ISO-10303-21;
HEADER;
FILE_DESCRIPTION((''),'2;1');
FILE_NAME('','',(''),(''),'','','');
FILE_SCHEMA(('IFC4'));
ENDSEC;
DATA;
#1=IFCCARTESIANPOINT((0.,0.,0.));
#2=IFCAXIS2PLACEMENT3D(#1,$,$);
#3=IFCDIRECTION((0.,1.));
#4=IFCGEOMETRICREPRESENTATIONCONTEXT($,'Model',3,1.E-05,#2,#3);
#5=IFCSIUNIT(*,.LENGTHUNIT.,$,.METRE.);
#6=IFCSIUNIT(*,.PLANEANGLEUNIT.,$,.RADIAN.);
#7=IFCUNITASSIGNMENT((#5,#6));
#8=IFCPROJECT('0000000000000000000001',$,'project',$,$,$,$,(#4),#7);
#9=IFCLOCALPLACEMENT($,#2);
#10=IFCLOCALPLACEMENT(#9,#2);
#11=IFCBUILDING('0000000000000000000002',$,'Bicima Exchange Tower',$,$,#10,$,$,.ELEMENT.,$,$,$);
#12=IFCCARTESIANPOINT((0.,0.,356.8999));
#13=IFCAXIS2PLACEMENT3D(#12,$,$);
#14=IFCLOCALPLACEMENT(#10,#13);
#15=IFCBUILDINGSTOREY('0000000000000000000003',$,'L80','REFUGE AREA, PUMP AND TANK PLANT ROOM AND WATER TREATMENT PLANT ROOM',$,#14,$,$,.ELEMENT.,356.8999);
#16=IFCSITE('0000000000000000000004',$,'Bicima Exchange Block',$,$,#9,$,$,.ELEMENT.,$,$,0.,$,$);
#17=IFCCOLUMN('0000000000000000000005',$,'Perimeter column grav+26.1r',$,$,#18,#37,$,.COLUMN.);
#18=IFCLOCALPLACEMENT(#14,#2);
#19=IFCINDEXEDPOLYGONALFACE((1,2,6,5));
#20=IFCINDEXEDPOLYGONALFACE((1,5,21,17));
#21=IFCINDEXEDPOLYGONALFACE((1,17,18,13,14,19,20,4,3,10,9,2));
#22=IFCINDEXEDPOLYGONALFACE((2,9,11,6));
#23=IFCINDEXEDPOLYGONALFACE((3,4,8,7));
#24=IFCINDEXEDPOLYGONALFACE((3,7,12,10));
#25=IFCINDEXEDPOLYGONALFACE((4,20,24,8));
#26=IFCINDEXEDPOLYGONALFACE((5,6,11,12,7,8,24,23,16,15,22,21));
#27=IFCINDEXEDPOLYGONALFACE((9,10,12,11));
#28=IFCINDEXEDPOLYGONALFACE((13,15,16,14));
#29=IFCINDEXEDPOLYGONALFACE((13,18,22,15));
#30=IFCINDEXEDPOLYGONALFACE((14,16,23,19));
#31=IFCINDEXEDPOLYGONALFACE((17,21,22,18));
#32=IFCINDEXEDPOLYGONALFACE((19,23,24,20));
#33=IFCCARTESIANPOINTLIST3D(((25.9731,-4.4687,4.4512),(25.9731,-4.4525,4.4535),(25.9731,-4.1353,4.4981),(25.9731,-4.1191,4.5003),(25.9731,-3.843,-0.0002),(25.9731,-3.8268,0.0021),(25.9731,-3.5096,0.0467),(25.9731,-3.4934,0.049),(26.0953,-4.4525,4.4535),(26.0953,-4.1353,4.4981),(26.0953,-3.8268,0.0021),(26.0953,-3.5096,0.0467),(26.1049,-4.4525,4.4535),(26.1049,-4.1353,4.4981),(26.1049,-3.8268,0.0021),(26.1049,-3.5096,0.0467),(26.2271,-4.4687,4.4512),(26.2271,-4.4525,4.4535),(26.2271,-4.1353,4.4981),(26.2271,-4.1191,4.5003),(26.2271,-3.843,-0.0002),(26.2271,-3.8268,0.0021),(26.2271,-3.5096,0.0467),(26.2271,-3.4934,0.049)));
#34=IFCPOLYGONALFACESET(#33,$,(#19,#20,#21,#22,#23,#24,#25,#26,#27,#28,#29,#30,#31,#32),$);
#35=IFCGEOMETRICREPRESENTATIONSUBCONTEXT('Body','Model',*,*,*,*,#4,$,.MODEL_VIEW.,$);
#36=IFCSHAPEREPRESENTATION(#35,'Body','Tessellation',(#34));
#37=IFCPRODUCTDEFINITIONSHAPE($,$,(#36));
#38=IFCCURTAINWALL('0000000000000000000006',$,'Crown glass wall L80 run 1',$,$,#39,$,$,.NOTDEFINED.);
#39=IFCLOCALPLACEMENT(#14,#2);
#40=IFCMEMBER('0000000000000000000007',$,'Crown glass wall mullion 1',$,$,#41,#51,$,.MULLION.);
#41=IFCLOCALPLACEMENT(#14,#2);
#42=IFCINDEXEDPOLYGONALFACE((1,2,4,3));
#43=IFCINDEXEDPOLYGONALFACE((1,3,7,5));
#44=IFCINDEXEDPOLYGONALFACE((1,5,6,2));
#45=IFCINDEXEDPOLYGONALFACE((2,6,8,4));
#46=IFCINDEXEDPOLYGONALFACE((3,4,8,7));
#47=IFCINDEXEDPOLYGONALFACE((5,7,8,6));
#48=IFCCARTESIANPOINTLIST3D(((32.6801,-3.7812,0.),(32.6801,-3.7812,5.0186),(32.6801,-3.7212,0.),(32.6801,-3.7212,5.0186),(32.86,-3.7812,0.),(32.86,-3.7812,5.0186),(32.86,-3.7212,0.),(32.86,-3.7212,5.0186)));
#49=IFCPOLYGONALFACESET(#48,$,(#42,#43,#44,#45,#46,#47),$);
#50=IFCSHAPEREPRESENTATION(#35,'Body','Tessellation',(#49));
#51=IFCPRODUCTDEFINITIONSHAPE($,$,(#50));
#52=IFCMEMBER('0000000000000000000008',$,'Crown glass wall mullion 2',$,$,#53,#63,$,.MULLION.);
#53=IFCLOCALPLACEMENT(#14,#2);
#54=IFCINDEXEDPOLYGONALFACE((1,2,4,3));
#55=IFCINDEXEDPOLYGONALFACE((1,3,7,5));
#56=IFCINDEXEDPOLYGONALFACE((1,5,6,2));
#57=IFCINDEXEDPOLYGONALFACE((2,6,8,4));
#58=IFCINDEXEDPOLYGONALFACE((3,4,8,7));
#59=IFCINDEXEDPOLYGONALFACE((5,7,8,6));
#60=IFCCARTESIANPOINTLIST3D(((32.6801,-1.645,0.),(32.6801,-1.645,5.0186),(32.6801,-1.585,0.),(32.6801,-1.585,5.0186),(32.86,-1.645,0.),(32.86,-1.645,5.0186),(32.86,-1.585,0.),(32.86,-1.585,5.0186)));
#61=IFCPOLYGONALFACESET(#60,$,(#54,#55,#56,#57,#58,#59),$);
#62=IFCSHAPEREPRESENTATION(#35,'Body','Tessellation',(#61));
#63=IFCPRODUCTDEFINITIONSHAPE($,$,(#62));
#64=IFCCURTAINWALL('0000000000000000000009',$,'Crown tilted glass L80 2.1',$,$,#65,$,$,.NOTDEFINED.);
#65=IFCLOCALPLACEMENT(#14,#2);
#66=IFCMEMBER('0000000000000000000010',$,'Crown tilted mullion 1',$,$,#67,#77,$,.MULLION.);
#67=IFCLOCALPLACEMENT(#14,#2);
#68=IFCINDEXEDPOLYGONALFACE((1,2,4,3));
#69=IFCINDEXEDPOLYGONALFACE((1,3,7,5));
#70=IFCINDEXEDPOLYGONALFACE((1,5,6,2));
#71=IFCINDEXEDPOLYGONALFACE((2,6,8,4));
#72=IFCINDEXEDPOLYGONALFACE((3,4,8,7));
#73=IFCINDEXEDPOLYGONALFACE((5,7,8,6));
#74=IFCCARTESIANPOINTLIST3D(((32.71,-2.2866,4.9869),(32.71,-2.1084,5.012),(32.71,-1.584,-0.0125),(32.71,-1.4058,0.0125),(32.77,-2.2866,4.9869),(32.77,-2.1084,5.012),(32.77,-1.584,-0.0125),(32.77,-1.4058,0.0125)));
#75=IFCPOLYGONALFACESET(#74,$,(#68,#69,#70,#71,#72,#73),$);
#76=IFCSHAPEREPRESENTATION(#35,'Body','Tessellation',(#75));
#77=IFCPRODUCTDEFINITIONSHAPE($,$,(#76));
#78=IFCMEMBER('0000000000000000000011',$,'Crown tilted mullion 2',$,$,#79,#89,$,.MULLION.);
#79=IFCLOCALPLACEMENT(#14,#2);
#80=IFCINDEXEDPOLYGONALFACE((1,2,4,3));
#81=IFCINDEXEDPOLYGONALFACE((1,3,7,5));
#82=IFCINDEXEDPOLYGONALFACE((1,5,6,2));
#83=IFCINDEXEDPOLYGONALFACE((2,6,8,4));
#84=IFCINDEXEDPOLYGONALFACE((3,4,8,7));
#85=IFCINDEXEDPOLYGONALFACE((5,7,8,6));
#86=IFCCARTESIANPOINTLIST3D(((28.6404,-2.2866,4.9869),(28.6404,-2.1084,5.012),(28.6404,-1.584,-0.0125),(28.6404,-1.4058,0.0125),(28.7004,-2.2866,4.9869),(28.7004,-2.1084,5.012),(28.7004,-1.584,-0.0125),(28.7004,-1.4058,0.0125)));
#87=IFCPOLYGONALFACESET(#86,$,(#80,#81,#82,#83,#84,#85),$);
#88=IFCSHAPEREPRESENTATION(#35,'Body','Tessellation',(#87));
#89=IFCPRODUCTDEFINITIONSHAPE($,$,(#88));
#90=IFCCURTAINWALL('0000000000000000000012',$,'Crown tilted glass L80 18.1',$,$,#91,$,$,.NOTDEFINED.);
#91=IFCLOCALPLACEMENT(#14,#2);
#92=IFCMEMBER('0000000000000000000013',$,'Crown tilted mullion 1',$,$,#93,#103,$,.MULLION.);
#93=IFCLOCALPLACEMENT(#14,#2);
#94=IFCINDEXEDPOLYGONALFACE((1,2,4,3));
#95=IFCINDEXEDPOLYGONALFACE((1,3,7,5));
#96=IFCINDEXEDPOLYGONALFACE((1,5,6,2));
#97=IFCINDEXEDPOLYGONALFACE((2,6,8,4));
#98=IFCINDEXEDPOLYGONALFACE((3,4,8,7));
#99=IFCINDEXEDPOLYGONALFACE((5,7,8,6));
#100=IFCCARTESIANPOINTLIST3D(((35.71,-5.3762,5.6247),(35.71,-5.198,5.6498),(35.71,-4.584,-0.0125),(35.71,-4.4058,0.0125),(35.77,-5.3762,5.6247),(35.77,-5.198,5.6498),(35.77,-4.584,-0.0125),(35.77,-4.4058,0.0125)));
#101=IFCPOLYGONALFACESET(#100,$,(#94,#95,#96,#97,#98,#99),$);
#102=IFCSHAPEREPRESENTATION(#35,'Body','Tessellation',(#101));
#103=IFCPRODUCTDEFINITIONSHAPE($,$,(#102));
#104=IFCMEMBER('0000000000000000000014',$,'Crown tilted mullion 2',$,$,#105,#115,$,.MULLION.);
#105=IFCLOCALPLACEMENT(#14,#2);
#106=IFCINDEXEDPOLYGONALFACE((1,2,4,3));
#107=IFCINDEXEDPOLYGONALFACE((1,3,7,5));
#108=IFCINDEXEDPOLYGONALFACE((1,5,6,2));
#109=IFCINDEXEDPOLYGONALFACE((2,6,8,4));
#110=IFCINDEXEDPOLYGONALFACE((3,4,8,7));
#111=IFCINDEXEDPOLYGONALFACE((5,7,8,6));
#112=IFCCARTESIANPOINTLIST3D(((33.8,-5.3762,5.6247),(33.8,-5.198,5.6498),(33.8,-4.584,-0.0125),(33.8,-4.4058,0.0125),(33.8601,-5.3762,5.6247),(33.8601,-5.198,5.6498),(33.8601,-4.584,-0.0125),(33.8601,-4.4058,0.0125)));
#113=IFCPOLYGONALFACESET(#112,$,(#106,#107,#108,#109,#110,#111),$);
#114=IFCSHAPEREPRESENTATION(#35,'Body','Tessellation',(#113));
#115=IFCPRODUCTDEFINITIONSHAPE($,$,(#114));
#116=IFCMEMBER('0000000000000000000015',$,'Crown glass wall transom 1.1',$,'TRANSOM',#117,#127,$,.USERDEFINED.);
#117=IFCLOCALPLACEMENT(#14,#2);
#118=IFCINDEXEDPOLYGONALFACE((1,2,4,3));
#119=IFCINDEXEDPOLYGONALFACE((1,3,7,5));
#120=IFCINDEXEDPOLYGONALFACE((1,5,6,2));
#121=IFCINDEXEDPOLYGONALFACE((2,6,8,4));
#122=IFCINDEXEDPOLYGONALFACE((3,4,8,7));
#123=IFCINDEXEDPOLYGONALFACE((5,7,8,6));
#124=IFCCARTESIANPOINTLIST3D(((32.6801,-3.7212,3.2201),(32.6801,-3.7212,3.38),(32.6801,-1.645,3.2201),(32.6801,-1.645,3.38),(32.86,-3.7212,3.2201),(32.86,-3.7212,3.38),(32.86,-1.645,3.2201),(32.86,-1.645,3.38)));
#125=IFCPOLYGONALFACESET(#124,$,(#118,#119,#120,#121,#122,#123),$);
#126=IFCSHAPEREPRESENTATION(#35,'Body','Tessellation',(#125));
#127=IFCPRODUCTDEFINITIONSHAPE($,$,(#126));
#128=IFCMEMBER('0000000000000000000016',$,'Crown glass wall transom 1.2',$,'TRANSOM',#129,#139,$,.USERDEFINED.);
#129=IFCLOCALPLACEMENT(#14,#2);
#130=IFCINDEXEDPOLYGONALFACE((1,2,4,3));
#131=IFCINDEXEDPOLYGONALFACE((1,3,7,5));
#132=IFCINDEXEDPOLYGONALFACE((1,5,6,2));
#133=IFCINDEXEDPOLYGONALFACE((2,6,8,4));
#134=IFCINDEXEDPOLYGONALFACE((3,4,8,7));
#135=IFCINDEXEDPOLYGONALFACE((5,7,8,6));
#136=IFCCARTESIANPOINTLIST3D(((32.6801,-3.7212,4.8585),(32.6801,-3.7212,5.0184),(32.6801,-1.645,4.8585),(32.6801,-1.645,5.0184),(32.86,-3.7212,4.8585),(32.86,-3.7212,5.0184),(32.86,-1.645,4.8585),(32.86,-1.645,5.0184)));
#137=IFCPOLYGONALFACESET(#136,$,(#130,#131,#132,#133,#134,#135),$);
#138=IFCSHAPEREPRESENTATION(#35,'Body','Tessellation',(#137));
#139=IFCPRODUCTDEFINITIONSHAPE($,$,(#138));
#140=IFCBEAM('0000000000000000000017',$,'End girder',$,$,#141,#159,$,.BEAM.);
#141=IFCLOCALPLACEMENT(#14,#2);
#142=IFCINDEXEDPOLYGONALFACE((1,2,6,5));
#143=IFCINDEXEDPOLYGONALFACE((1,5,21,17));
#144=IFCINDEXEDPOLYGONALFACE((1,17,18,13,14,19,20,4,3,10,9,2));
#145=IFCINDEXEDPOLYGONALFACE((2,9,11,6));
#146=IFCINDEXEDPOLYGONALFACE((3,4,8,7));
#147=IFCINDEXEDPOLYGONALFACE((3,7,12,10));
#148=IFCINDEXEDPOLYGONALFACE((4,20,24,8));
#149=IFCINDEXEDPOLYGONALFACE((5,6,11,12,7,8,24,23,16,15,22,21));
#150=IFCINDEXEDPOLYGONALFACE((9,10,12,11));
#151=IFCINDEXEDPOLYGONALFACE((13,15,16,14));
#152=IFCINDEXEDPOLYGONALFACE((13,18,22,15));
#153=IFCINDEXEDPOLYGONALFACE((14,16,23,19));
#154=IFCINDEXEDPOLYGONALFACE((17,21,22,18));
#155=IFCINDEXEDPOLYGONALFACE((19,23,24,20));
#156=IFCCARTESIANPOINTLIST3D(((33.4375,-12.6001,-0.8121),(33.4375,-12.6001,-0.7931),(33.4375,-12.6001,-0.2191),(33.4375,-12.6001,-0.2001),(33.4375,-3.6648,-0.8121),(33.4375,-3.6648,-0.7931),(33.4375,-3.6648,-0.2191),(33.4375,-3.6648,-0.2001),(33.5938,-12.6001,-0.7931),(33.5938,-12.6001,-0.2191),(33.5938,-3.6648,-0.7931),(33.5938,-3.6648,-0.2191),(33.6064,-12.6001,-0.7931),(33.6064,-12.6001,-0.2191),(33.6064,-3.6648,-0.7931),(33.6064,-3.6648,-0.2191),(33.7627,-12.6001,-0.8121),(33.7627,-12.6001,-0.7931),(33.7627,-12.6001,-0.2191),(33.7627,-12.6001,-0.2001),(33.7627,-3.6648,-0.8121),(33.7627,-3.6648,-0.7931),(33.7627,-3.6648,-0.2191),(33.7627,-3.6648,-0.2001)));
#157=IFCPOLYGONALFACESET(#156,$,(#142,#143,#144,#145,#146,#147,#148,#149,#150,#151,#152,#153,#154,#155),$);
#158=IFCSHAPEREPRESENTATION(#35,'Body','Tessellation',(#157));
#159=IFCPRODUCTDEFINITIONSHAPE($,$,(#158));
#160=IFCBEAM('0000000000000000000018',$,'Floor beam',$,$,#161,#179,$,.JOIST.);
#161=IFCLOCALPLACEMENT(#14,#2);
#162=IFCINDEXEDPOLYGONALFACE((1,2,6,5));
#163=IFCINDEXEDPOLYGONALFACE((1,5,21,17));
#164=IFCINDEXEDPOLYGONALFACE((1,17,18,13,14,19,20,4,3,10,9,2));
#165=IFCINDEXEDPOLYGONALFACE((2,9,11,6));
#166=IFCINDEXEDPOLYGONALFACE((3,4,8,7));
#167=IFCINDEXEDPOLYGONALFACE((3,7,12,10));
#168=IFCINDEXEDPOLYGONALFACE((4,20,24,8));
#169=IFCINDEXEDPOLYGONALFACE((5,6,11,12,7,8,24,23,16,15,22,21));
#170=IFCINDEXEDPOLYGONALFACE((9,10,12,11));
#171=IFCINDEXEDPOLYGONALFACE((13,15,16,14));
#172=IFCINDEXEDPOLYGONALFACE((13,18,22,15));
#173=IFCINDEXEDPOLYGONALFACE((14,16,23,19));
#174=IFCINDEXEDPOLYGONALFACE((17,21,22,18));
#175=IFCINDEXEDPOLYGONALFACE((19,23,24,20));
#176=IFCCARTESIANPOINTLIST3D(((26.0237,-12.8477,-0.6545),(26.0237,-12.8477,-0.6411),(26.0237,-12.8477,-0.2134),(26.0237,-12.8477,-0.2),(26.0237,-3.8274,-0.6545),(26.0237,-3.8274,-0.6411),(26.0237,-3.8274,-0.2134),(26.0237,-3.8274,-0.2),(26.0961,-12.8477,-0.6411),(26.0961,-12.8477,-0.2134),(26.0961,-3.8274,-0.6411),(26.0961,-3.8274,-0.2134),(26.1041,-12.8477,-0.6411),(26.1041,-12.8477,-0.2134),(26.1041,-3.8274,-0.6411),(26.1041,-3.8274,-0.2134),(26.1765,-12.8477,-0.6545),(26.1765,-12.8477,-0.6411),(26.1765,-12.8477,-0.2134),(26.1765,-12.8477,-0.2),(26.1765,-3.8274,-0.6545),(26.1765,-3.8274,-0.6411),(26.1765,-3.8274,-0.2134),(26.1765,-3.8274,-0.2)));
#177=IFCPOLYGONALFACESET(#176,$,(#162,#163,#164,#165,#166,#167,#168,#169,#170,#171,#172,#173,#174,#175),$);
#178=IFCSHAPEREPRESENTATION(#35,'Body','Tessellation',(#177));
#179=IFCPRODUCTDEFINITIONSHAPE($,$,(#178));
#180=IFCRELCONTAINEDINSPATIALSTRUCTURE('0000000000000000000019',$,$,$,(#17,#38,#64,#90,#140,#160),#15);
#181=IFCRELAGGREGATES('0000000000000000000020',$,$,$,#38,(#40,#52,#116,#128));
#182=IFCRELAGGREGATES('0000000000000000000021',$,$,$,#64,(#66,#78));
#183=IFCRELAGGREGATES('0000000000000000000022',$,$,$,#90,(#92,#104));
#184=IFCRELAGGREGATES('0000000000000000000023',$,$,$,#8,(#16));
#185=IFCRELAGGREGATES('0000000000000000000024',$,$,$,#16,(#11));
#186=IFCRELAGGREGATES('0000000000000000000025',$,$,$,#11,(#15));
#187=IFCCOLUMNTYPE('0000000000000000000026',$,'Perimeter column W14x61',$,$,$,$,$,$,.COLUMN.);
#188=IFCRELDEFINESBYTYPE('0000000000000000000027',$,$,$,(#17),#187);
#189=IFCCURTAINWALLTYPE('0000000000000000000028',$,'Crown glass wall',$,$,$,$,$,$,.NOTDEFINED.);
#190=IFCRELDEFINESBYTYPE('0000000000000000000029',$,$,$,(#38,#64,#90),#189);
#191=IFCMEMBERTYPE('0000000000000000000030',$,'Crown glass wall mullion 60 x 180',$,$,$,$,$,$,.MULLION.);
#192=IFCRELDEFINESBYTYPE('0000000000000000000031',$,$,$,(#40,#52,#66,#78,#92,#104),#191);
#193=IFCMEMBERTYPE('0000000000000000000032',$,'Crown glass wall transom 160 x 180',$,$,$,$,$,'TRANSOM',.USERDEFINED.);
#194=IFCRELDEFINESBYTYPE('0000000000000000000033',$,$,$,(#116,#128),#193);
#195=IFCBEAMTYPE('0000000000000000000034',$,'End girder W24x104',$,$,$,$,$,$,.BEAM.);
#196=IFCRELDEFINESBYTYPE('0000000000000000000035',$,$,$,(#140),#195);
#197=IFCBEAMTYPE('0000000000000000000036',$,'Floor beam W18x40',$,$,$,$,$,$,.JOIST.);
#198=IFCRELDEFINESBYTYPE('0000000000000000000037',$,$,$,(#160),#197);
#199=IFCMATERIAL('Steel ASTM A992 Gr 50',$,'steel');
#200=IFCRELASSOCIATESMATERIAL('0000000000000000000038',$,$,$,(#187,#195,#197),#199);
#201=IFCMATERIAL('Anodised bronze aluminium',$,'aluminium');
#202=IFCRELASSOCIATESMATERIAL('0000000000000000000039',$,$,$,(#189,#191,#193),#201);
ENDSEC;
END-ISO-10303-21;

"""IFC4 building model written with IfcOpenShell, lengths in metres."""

from ifc_helpers import new_model, si_unit, direction, frame, origin, origin_2d, place, context, subcontext, project, spatial, rectangle, i_section, extrude, material, material_profile, profile_set, type_object, element, aggregate, save


model = new_model("IFC4")

# Units and contexts
model_context = context("Model", 3, precision=1e-05, world=origin(), true_north=direction((0.0, 1.0)))
body_context = subcontext(model_context, "Body", "Model", "MODEL_VIEW")
ifc_project = project(units=[si_unit("LENGTHUNIT", "METRE"), si_unit("PLANEANGLEUNIT", "RADIAN")], contexts=[model_context])

# Site, building, storey
site_placement = place(None, origin())
site = spatial("IfcSite", under=ifc_project, at=site_placement, Name="Bicima Exchange Block", CompositionType="ELEMENT", RefElevation=0.0)
building_placement = place(site_placement, origin())
building = spatial("IfcBuilding", under=site, at=building_placement, Name="Bicima Exchange Tower", CompositionType="ELEMENT")
storey_placement = place(building_placement, frame((0.0, 0.0, 356.8999)))
storey = spatial("IfcBuildingStorey", under=building, at=storey_placement, Name="L80", Description="REFUGE AREA, PUMP AND TANK PLANT ROOM AND WATER TREATMENT PLANT ROOM", CompositionType="ELEMENT", Elevation=356.8999)

# Column
ifc_material_1 = material(Name="Steel ASTM A992 Gr 50", Category="steel")
ifc_material_profile_1 = material_profile(ifc_material_1, i_section(OverallWidth=0.2539, OverallDepth=0.353, WebThickness=0.0095, FlangeThickness=0.0164, at=origin_2d()))
ifc_profile_set_1 = profile_set([ifc_material_profile_1], Name="Steel ASTM A992 Gr 50")
column_type = type_object("IfcColumnType", Name="Perimeter column W14x61", PredefinedType="COLUMN", material=ifc_profile_set_1)
column_placement = place(storey_placement, frame((26.1001, -3.6682, 0.0244), z_axis=(0.0, -0.139201, 0.990264), x_axis=(1.0, 0.0, 0.0)))
element("IfcColumn", 1, at=column_placement, inside=storey, type_object=column_type, Name="Perimeter column grav+26.1r", PredefinedType="COLUMN", context=body_context, shape_type="SweptSolid", body=[
    extrude(i_section(OverallWidth=0.2539, OverallDepth=0.353, WebThickness=0.0095, FlangeThickness=0.0164, at=origin_2d()), origin(), (0.0, 0.0, 1.0), 4.4951),
])

# Curtain walls, members
ifc_material_2 = material(Name="Anodised bronze aluminium", Category="aluminium")
curtain_wall_type = type_object("IfcCurtainWallType", Name="Crown glass wall", PredefinedType="NOTDEFINED", material=ifc_material_2)
curtain_wall_1_placement = place(storey_placement, origin())
curtain_wall_1 = element("IfcCurtainWall", 2, at=curtain_wall_1_placement, inside=storey, type_object=curtain_wall_type, Name="Crown glass wall L80 run 1", PredefinedType="NOTDEFINED")
ifc_material_profile_2 = material_profile(ifc_material_2, rectangle(XDim=0.1799, YDim=0.0601, at=origin_2d()))
ifc_profile_set_2 = profile_set([ifc_material_profile_2], Name="Anodised bronze aluminium")
member_type_1 = type_object("IfcMemberType", Name="Crown glass wall mullion 60 x 180", PredefinedType="MULLION", material=ifc_profile_set_2)
member_1_placement = place(storey_placement, frame((32.77, -3.7512, 0.0), z_axis=(0.0, 0.0, 1.0), x_axis=(-1.0, 0.0, 0.0)))
member_1 = element("IfcMember", 3, at=member_1_placement, type_object=member_type_1, Name="Crown glass wall mullion 1", PredefinedType="MULLION", context=body_context, shape_type="SweptSolid", body=[
    extrude(rectangle(XDim=0.1799, YDim=0.0601, at=origin_2d()), origin(), (0.0, 0.0, 1.0), 5.0186),
])
member_2_placement = place(storey_placement, frame((32.77, -1.615, 0.0), z_axis=(0.0, 0.0, 1.0), x_axis=(-1.0, 0.0, 0.0)))
member_2 = element("IfcMember", 4, at=member_2_placement, type_object=member_type_1, Name="Crown glass wall mullion 2", PredefinedType="MULLION", context=body_context, shape_type="SweptSolid", body=[
    extrude(rectangle(XDim=0.1799, YDim=0.0601, at=origin_2d()), origin(), (0.0, 0.0, 1.0), 5.0186),
])
curtain_wall_2_placement = place(storey_placement, origin())
curtain_wall_2 = element("IfcCurtainWall", 5, at=curtain_wall_2_placement, inside=storey, type_object=curtain_wall_type, Name="Crown tilted glass L80 2.1", PredefinedType="NOTDEFINED")
member_3_placement = place(storey_placement, frame((32.74, -1.4949, 0.0), z_axis=(0.0, -0.139173, 0.990268), x_axis=(0.0, -0.990268, -0.139173)))
member_3 = element("IfcMember", 6, at=member_3_placement, type_object=member_type_1, Name="Crown tilted mullion 1", PredefinedType="MULLION", context=body_context, shape_type="SweptSolid", body=[
    extrude(rectangle(XDim=0.1799, YDim=0.0601, at=origin_2d()), origin(), (0.0, 0.0, 1.0), 5.0486),
])
member_4_placement = place(storey_placement, frame((28.6704, -1.4949, 0.0), z_axis=(0.0, -0.139173, 0.990268), x_axis=(0.0, -0.990268, -0.139173)))
member_4 = element("IfcMember", 7, at=member_4_placement, type_object=member_type_1, Name="Crown tilted mullion 2", PredefinedType="MULLION", context=body_context, shape_type="SweptSolid", body=[
    extrude(rectangle(XDim=0.1799, YDim=0.0601, at=origin_2d()), origin(), (0.0, 0.0, 1.0), 5.0486),
])
curtain_wall_3_placement = place(storey_placement, origin())
curtain_wall_3 = element("IfcCurtainWall", 8, at=curtain_wall_3_placement, inside=storey, type_object=curtain_wall_type, Name="Crown tilted glass L80 18.1", PredefinedType="NOTDEFINED")
member_5_placement = place(storey_placement, frame((35.74, -4.4949, 0.0), z_axis=(0.0, -0.139169, 0.990269), x_axis=(0.0, -0.990269, -0.139169)))
member_5 = element("IfcMember", 9, at=member_5_placement, type_object=member_type_1, Name="Crown tilted mullion 1", PredefinedType="MULLION", context=body_context, shape_type="SweptSolid", body=[
    extrude(rectangle(XDim=0.1799, YDim=0.0601, at=origin_2d()), origin(), (0.0, 0.0, 1.0), 5.6926),
])
member_6_placement = place(storey_placement, frame((33.8301, -4.4949, 0.0), z_axis=(0.0, -0.139169, 0.990269), x_axis=(0.0, -0.990269, -0.139169)))
member_6 = element("IfcMember", 10, at=member_6_placement, type_object=member_type_1, Name="Crown tilted mullion 2", PredefinedType="MULLION", context=body_context, shape_type="SweptSolid", body=[
    extrude(rectangle(XDim=0.1799, YDim=0.0601, at=origin_2d()), origin(), (0.0, 0.0, 1.0), 5.6926),
])

# Members
ifc_material_profile_3 = material_profile(ifc_material_2, rectangle(XDim=0.1799, YDim=0.1599, at=origin_2d()))
ifc_profile_set_3 = profile_set([ifc_material_profile_3], Name="Anodised bronze aluminium")
member_type_2 = type_object("IfcMemberType", Name="Crown glass wall transom 160 x 180", ElementType="TRANSOM", PredefinedType="USERDEFINED", material=ifc_profile_set_3)
member_7_placement = place(storey_placement, frame((32.77, -3.7212, 3.3), z_axis=(0.0, 1.0, 0.0), x_axis=(-1.0, 0.0, 0.0)))
member_7 = element("IfcMember", 11, at=member_7_placement, type_object=member_type_2, Name="Crown glass wall transom 1.1", ObjectType="TRANSOM", PredefinedType="USERDEFINED", context=body_context, shape_type="SweptSolid", body=[
    extrude(rectangle(XDim=0.1799, YDim=0.1599, at=origin_2d()), origin(), (0.0, 0.0, 1.0), 2.0762),
])
member_8_placement = place(storey_placement, frame((32.77, -3.7212, 4.9385), z_axis=(0.0, 1.0, 0.0), x_axis=(-1.0, 0.0, 0.0)))
member_8 = element("IfcMember", 12, at=member_8_placement, type_object=member_type_2, Name="Crown glass wall transom 1.2", ObjectType="TRANSOM", PredefinedType="USERDEFINED", context=body_context, shape_type="SweptSolid", body=[
    extrude(rectangle(XDim=0.1799, YDim=0.1599, at=origin_2d()), origin(), (0.0, 0.0, 1.0), 2.0762),
])

# Beams
ifc_material_profile_4 = material_profile(ifc_material_1, i_section(OverallWidth=0.3252, OverallDepth=0.6121, WebThickness=0.0127, FlangeThickness=0.019, at=origin_2d()))
ifc_profile_set_4 = profile_set([ifc_material_profile_4], Name="Steel ASTM A992 Gr 50")
beam_type_1 = type_object("IfcBeamType", Name="End girder W24x104", PredefinedType="BEAM", material=ifc_profile_set_4)
beam_1_placement = place(storey_placement, frame((33.6001, -3.6648, -0.5061), z_axis=(0.0, -1.0, 0.0), x_axis=(1.0, 0.0, 0.0)))
element("IfcBeam", 13, at=beam_1_placement, inside=storey, type_object=beam_type_1, Name="End girder", PredefinedType="BEAM", context=body_context, shape_type="SweptSolid", body=[
    extrude(i_section(OverallWidth=0.3252, OverallDepth=0.6121, WebThickness=0.0127, FlangeThickness=0.019, at=origin_2d()), origin(), (0.0, 0.0, 1.0), 8.9353),
])
ifc_material_profile_5 = material_profile(ifc_material_1, i_section(OverallWidth=0.1528, OverallDepth=0.4546, WebThickness=0.0081, FlangeThickness=0.0134, at=origin_2d()))
ifc_profile_set_5 = profile_set([ifc_material_profile_5], Name="Steel ASTM A992 Gr 50")
beam_type_2 = type_object("IfcBeamType", Name="Floor beam W18x40", PredefinedType="JOIST", material=ifc_profile_set_5)
beam_2_placement = place(storey_placement, frame((26.1001, -3.8274, -0.4272), z_axis=(0.0, -1.0, 0.0), x_axis=(1.0, 0.0, 0.0)))
element("IfcBeam", 14, at=beam_2_placement, inside=storey, type_object=beam_type_2, Name="Floor beam", PredefinedType="JOIST", context=body_context, shape_type="SweptSolid", body=[
    extrude(i_section(OverallWidth=0.1528, OverallDepth=0.4546, WebThickness=0.0081, FlangeThickness=0.0134, at=origin_2d()), origin(), (0.0, 0.0, 1.0), 9.0203),
])

aggregate(curtain_wall_1, [member_1, member_2, member_7, member_8])
aggregate(curtain_wall_2, [member_3, member_4])
aggregate(curtain_wall_3, [member_5, member_6])

save(model, "model.ifc")
